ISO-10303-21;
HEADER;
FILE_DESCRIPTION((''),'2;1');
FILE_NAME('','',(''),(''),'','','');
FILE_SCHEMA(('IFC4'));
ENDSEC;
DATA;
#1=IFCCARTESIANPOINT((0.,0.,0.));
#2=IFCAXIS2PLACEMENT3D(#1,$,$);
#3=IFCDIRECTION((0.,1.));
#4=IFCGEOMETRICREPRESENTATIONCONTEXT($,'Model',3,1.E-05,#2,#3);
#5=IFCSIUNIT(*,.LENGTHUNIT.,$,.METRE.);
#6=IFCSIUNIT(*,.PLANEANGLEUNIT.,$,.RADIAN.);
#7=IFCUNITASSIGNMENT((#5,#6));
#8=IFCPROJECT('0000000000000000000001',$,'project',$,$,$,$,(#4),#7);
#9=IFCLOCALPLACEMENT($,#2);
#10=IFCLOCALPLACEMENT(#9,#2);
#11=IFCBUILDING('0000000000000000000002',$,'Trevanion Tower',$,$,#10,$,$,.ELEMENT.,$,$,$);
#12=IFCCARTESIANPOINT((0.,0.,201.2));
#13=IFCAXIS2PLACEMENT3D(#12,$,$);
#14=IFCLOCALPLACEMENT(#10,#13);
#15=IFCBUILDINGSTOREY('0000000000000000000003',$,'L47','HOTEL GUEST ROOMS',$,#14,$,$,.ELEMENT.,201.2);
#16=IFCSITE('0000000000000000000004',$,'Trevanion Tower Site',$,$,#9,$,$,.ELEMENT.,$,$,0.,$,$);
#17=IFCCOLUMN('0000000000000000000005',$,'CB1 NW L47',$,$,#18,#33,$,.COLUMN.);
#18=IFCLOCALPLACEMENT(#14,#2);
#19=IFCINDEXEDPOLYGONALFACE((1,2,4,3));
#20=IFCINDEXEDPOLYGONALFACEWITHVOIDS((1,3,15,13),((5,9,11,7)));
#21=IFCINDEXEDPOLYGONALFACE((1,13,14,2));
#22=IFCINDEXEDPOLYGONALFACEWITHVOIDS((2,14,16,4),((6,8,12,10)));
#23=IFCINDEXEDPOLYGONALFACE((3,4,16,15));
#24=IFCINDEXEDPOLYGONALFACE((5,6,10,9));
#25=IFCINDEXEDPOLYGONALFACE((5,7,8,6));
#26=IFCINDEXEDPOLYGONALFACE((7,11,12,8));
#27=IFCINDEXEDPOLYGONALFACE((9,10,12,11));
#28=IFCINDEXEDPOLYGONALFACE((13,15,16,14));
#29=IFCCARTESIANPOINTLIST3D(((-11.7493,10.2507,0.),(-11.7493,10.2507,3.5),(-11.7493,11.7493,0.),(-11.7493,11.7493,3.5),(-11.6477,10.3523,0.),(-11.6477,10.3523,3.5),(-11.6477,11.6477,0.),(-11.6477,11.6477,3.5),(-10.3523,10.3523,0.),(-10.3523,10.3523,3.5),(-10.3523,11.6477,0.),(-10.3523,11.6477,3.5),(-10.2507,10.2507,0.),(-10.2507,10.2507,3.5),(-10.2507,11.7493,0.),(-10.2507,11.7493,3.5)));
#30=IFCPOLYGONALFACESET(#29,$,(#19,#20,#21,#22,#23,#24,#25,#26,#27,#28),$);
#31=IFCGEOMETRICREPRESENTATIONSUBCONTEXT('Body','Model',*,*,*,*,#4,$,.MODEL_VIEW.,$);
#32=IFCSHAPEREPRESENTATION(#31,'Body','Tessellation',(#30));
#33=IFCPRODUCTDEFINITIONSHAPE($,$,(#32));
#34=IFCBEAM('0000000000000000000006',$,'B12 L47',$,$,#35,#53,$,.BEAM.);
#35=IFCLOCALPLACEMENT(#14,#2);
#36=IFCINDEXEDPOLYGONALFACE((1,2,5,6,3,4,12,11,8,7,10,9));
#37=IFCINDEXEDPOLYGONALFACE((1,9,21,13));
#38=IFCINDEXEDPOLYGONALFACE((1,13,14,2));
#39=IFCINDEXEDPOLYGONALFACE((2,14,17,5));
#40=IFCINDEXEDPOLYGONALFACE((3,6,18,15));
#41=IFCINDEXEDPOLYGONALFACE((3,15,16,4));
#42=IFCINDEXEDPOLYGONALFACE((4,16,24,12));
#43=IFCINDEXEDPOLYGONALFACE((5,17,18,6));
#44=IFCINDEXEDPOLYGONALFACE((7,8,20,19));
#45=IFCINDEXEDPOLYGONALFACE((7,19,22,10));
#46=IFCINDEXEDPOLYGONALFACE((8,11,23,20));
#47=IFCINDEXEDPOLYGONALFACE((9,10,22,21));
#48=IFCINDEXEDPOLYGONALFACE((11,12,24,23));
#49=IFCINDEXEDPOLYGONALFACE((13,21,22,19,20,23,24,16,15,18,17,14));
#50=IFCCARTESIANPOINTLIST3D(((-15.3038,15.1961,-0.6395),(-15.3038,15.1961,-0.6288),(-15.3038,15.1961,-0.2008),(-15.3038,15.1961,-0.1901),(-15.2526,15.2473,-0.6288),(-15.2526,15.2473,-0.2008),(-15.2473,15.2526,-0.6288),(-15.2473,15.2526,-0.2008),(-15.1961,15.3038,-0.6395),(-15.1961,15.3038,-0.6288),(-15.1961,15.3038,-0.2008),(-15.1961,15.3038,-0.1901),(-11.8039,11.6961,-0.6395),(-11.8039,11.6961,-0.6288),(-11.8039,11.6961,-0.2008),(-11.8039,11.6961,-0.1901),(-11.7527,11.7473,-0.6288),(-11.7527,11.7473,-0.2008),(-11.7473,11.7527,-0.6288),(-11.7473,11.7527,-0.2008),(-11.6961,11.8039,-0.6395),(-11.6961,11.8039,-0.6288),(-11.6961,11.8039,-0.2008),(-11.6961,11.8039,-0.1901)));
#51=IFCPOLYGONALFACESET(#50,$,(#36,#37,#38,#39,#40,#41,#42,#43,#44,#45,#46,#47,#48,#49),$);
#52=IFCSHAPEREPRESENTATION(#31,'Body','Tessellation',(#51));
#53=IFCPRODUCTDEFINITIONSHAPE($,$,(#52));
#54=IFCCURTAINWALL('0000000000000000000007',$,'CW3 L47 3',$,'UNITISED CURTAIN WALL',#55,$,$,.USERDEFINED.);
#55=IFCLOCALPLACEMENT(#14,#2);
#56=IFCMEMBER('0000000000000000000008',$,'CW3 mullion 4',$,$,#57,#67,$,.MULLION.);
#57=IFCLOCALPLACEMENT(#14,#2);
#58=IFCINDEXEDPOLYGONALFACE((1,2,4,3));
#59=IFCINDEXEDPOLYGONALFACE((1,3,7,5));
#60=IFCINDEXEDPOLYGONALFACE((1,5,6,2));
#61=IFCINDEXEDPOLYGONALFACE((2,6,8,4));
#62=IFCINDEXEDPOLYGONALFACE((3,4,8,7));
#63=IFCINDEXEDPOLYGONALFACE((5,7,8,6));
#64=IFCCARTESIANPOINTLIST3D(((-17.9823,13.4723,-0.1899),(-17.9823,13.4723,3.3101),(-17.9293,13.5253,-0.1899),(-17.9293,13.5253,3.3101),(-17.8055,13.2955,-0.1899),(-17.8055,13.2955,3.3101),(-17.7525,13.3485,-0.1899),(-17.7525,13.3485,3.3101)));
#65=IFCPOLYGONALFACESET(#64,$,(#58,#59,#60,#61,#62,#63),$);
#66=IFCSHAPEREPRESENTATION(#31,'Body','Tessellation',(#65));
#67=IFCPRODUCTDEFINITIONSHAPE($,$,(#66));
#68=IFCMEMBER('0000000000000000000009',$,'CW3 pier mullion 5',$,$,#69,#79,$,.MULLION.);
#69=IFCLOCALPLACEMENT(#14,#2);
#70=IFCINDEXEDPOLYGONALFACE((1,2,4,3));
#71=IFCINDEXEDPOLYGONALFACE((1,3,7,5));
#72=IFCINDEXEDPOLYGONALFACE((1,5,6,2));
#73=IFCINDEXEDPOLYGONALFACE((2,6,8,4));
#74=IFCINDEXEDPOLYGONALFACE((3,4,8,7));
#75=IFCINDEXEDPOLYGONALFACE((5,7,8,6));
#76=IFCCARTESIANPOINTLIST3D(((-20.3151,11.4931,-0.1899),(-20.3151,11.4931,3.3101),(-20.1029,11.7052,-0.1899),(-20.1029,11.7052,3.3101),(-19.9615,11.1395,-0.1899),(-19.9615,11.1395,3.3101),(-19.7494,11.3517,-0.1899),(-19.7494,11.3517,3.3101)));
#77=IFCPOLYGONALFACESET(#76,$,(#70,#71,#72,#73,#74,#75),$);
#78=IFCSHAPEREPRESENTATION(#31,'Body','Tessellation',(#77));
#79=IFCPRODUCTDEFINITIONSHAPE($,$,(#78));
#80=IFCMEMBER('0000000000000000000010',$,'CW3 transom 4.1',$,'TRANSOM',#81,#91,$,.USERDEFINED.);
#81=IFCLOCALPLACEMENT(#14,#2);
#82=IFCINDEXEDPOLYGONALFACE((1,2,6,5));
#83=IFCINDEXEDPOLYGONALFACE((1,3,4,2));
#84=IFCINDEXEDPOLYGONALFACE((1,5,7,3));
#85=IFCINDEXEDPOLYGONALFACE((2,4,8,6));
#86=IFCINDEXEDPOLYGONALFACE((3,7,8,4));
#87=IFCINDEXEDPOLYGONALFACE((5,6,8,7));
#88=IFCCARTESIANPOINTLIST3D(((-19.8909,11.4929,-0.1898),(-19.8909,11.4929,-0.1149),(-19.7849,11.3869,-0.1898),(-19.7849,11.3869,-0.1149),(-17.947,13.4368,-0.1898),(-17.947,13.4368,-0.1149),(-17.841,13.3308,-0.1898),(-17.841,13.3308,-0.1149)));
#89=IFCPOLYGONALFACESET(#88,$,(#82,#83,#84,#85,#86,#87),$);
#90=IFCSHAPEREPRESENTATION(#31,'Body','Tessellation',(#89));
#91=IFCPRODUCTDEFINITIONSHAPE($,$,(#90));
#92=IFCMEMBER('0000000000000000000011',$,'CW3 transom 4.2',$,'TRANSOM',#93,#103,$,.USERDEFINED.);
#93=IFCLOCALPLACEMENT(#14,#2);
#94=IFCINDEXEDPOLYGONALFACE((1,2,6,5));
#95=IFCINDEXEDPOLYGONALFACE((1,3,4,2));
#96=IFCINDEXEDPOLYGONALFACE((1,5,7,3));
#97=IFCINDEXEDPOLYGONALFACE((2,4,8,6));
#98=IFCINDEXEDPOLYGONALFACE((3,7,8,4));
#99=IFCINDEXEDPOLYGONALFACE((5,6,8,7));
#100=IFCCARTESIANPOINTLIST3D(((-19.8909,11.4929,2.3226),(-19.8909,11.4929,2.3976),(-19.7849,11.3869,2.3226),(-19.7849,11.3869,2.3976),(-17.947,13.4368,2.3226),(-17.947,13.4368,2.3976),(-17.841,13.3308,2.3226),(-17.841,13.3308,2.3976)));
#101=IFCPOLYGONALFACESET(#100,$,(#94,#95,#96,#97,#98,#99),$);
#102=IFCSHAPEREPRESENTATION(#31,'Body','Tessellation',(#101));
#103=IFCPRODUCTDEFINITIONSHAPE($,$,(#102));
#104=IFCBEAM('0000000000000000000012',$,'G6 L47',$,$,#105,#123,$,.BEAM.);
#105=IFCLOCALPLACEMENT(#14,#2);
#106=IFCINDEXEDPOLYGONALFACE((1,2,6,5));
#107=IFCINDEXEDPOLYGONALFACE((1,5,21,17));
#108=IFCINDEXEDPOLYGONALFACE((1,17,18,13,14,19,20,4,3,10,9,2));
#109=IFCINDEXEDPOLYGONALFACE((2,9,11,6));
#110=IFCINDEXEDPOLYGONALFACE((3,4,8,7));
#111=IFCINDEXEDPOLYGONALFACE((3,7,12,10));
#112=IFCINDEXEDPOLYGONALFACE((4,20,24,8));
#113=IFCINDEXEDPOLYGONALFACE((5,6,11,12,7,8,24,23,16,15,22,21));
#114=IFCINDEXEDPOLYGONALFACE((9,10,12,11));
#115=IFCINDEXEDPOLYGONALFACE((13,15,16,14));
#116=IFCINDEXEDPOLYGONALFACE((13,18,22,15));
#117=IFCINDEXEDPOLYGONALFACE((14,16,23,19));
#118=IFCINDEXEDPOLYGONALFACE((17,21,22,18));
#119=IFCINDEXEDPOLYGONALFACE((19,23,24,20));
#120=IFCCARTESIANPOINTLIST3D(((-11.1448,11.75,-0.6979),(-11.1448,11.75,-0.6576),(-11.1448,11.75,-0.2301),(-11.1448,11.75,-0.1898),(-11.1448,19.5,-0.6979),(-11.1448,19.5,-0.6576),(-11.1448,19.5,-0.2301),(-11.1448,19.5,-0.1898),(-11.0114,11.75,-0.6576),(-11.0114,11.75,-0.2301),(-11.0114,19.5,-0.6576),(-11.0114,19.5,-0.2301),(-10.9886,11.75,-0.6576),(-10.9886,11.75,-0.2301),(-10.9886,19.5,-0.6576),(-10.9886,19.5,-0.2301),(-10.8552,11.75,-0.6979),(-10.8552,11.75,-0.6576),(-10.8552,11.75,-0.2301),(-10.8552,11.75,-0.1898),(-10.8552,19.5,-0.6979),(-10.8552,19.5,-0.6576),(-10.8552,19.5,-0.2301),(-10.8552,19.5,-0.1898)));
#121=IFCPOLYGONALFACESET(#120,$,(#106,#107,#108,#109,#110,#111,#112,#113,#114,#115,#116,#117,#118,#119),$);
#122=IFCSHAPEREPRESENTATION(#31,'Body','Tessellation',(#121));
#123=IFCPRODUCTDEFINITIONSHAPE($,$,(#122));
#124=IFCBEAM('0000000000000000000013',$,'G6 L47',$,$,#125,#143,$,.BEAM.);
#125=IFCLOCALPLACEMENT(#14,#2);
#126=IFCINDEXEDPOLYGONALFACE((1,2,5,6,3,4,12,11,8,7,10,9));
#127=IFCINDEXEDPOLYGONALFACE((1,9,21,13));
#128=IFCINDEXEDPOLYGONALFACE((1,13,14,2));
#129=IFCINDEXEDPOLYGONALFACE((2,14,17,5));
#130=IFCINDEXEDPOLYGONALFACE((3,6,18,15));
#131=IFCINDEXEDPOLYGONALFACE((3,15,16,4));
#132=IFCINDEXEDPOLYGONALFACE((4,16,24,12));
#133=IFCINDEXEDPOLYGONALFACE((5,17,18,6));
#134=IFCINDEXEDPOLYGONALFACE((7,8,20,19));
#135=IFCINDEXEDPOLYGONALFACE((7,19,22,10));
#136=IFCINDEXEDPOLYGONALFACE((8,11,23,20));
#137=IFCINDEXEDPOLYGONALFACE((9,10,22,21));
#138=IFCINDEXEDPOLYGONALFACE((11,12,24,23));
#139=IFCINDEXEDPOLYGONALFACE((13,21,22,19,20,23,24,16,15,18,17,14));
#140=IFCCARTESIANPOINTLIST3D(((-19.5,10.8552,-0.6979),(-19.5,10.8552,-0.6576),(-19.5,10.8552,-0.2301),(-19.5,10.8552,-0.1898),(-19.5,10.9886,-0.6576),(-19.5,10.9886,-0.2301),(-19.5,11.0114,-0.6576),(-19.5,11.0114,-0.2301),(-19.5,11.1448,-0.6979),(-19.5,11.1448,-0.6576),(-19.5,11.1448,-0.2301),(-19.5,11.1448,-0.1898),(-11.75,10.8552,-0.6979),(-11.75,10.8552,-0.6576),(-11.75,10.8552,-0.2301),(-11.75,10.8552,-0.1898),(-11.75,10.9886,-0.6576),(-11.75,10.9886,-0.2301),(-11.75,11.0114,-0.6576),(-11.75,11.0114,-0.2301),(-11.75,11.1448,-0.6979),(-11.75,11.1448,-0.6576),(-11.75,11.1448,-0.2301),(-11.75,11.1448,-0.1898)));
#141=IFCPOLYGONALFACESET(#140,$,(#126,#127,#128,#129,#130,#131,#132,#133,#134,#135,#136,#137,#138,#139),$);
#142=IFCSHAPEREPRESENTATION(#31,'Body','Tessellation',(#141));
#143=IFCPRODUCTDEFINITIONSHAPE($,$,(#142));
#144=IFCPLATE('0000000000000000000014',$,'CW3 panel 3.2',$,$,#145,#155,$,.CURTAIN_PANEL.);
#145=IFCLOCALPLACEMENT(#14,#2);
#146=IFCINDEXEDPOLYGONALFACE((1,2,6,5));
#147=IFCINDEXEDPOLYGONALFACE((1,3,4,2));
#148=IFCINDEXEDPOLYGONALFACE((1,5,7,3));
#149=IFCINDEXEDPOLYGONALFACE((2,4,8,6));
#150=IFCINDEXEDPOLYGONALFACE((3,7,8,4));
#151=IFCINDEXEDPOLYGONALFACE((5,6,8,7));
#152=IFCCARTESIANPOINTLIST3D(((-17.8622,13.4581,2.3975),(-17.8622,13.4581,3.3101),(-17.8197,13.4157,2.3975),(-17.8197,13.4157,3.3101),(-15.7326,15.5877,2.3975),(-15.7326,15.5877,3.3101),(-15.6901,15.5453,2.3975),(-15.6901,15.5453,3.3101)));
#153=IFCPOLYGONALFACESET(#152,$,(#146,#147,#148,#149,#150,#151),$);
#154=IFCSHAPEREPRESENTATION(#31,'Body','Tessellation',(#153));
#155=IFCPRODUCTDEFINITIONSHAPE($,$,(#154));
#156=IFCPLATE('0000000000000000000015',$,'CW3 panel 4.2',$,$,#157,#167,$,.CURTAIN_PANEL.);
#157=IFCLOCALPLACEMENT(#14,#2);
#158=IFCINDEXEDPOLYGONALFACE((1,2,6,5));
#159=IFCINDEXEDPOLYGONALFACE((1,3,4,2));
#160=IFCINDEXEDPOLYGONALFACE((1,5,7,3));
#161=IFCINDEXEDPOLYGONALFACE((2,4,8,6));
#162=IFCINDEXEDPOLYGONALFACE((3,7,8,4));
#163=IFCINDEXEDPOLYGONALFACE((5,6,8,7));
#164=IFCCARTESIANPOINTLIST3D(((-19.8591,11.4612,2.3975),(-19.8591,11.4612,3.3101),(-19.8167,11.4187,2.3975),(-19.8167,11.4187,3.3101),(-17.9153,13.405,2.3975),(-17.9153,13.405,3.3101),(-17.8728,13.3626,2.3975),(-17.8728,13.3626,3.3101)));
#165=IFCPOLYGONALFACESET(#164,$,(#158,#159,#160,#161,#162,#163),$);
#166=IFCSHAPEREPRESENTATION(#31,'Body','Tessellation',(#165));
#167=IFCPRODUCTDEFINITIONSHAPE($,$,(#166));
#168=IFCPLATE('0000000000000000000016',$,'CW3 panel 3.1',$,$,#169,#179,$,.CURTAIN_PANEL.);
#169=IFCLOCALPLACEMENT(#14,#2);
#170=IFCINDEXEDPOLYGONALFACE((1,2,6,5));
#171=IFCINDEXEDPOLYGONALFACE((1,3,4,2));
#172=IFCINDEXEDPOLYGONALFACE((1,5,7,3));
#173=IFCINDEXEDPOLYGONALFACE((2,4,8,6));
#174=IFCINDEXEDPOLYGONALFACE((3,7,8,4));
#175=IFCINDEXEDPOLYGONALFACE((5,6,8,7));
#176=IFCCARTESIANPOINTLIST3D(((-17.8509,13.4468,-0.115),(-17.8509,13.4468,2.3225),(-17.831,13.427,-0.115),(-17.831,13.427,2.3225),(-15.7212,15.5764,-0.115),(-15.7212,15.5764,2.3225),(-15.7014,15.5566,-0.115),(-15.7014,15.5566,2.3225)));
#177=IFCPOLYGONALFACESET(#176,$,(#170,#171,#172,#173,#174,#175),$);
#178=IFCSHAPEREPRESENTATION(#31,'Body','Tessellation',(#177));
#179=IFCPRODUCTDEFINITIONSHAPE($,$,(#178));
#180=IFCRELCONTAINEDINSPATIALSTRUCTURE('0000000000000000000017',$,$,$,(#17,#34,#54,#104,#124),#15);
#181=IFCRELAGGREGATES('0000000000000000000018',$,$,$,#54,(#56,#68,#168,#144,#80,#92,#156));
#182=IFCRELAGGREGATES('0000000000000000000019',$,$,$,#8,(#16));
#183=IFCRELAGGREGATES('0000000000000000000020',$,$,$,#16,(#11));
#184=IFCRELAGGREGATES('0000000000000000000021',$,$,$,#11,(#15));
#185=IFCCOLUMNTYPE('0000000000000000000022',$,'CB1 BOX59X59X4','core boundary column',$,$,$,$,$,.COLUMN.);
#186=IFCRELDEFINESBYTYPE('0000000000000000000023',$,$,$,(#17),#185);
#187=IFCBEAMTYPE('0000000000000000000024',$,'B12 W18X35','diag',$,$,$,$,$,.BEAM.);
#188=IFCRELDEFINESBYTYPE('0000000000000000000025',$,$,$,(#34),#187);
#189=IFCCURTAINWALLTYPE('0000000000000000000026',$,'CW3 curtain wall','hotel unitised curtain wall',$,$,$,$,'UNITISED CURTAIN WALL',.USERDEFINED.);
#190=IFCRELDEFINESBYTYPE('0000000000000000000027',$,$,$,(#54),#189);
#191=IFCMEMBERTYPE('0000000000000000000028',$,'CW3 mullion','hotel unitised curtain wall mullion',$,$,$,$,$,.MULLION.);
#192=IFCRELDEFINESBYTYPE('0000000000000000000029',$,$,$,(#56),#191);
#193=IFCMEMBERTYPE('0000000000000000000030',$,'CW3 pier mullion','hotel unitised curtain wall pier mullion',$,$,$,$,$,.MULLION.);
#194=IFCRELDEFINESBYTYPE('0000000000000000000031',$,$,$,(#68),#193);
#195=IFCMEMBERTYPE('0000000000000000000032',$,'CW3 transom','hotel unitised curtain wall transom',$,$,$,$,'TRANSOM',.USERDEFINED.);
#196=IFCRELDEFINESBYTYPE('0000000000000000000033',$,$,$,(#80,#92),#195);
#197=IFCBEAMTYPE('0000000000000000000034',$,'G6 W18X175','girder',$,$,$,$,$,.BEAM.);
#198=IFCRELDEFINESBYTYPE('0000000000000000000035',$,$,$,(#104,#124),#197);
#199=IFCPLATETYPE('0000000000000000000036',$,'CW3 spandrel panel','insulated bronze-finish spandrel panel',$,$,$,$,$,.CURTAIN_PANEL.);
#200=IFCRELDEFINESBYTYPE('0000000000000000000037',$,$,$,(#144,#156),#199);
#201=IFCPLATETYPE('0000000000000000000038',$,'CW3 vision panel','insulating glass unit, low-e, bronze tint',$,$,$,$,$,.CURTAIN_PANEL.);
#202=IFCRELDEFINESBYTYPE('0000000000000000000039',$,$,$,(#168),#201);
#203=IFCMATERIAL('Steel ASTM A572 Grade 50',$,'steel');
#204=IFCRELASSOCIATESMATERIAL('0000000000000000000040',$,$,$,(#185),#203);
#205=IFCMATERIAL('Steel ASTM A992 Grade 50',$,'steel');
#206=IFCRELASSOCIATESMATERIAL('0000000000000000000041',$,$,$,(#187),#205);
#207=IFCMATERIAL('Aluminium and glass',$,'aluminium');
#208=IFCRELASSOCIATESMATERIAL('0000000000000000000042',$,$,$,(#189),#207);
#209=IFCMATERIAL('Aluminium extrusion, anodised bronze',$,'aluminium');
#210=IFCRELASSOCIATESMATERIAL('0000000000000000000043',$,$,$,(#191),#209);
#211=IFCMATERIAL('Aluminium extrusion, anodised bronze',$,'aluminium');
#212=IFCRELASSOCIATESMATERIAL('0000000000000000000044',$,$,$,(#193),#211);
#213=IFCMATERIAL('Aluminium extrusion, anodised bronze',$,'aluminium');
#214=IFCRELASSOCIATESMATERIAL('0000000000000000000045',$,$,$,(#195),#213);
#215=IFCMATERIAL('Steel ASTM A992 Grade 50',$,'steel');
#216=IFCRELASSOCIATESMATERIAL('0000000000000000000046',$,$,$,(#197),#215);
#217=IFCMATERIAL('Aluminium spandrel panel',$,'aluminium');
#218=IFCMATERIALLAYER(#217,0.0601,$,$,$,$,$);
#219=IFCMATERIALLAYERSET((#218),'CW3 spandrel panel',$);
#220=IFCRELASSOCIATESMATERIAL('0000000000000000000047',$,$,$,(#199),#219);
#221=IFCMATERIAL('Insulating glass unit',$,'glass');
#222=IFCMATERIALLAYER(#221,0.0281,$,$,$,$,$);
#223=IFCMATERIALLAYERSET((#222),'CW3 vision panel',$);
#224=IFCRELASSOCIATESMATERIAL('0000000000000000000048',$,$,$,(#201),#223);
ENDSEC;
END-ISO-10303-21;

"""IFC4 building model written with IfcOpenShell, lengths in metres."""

from ifc_helpers import new_model, si_unit, direction, frame, origin, origin_2d, place, context, subcontext, project, spatial, rectangle, hollow_rectangle, i_section, extrude, material, layer, layer_set, material_profile, profile_set, type_object, element, aggregate, save


model = new_model("IFC4")

# Units and contexts
model_context = context("Model", 3, precision=1e-05, world=origin(), true_north=direction((0.0, 1.0)))
body_context = subcontext(model_context, "Body", "Model", "MODEL_VIEW")
ifc_project = project(units=[si_unit("LENGTHUNIT", "METRE"), si_unit("PLANEANGLEUNIT", "RADIAN")], contexts=[model_context])

# Site, building, storey
site_placement = place(None, origin())
site = spatial("IfcSite", under=ifc_project, at=site_placement, Name="Trevanion Tower Site", CompositionType="ELEMENT", RefElevation=0.0)
building_placement = place(site_placement, origin())
building = spatial("IfcBuilding", under=site, at=building_placement, Name="Trevanion Tower", CompositionType="ELEMENT")
storey_placement = place(building_placement, frame((0.0, 0.0, 201.2)))
storey = spatial("IfcBuildingStorey", under=building, at=storey_placement, Name="L47", Description="HOTEL GUEST ROOMS", CompositionType="ELEMENT", Elevation=201.2)

# Column
ifc_material_1 = material(Name="Steel ASTM A572 Grade 50", Category="steel")
ifc_material_profile_1 = material_profile(ifc_material_1, hollow_rectangle(XDim=1.4985, YDim=1.4985, WallThickness=0.1016, at=origin_2d()), Name="BOX59X59X4")
ifc_profile_set_1 = profile_set([ifc_material_profile_1], Name="Steel ASTM A572 Grade 50")
column_type = type_object("IfcColumnType", Name="CB1 BOX59X59X4", Description="core boundary column", PredefinedType="COLUMN", material=ifc_profile_set_1)
column_placement = place(storey_placement, frame((-11.0, 11.0, 0.0), z_axis=(0.0, 0.0, 1.0), x_axis=(1.0, 0.0, 0.0)))
element("IfcColumn", 1, at=column_placement, inside=storey, type_object=column_type, Name="CB1 NW L47", PredefinedType="COLUMN", context=body_context, shape_type="SweptSolid", body=[
    extrude(hollow_rectangle(XDim=1.4985, YDim=1.4985, WallThickness=0.1016, at=origin_2d()), origin(), (0.0, 0.0, 1.0), 3.5),
])

# Beam
ifc_material_2 = material(Name="Steel ASTM A992 Grade 50", Category="steel")
ifc_material_profile_2 = material_profile(ifc_material_2, i_section(OverallWidth=0.1523, OverallDepth=0.4495, WebThickness=0.0076, FlangeThickness=0.0107, at=origin_2d()), Name="W18X35")
ifc_profile_set_2 = profile_set([ifc_material_profile_2], Name="Steel ASTM A992 Grade 50")
beam_type_1 = type_object("IfcBeamType", Name="B12 W18X35", Description="diag", PredefinedType="BEAM", material=ifc_profile_set_2)
beam_placement = place(storey_placement, frame((-11.75, 11.75, -0.4148), z_axis=(-0.707107, 0.707107, 0.0), x_axis=(-0.707107, -0.707107, 0.0)))
element("IfcBeam", 2, at=beam_placement, inside=storey, type_object=beam_type_1, Name="B12 L47", PredefinedType="BEAM", context=body_context, shape_type="SweptSolid", body=[
    extrude(i_section(OverallWidth=0.1523, OverallDepth=0.4495, WebThickness=0.0076, FlangeThickness=0.0107, at=origin_2d()), origin(), (0.0, 0.0, 1.0), 4.9497),
])

# Curtain wall, members
ifc_material_3 = material(Name="Aluminium and glass", Category="aluminium")
curtain_wall_type = type_object("IfcCurtainWallType", Name="CW3 curtain wall", Description="hotel unitised curtain wall", ElementType="UNITISED CURTAIN WALL", PredefinedType="USERDEFINED", material=ifc_material_3)
curtain_wall_placement = place(storey_placement, origin())
curtain_wall = element("IfcCurtainWall", 3, at=curtain_wall_placement, inside=storey, type_object=curtain_wall_type, Name="CW3 L47 3", ObjectType="UNITISED CURTAIN WALL", PredefinedType="USERDEFINED")
ifc_material_4 = material(Name="Aluminium extrusion, anodised bronze", Category="aluminium")
ifc_material_profile_3 = material_profile(ifc_material_4, rectangle(XDim=0.075, YDim=0.25, at=origin_2d()), Name="CW3 mullion")
ifc_profile_set_3 = profile_set([ifc_material_profile_3], Name="Aluminium extrusion, anodised bronze")
member_type_1 = type_object("IfcMemberType", Name="CW3 mullion", Description="hotel unitised curtain wall mullion", PredefinedType="MULLION", material=ifc_profile_set_3)
member_1_placement = place(storey_placement, frame((-17.8674, 13.4104, -0.1899), z_axis=(0.0, 0.0, 1.0), x_axis=(-0.707107, -0.707107, 0.0)))
member_1 = element("IfcMember", 4, at=member_1_placement, type_object=member_type_1, Name="CW3 mullion 4", PredefinedType="MULLION", context=body_context, shape_type="SweptSolid", body=[
    extrude(rectangle(XDim=0.075, YDim=0.25, at=origin_2d()), origin(), (0.0, 0.0, 1.0), 3.5),
])
ifc_material_5 = material(Name="Aluminium extrusion, anodised bronze", Category="aluminium")
ifc_material_profile_4 = material_profile(ifc_material_5, rectangle(XDim=0.3, YDim=0.5, at=origin_2d()), Name="CW3 pier mullion")
ifc_profile_set_4 = profile_set([ifc_material_profile_4], Name="Aluminium extrusion, anodised bronze")
member_type_2 = type_object("IfcMemberType", Name="CW3 pier mullion", Description="hotel unitised curtain wall pier mullion", PredefinedType="MULLION", material=ifc_profile_set_4)
member_2_placement = place(storey_placement, frame((-20.0322, 11.4224, -0.1899), z_axis=(0.0, 0.0, 1.0), x_axis=(-0.707107, -0.707107, 0.0)))
member_2 = element("IfcMember", 5, at=member_2_placement, type_object=member_type_2, Name="CW3 pier mullion 5", PredefinedType="MULLION", context=body_context, shape_type="SweptSolid", body=[
    extrude(rectangle(XDim=0.3, YDim=0.5, at=origin_2d()), origin(), (0.0, 0.0, 1.0), 3.5),
])
ifc_material_6 = material(Name="Aluminium extrusion, anodised bronze", Category="aluminium")
ifc_material_profile_5 = material_profile(ifc_material_6, rectangle(XDim=0.1499, YDim=0.075, at=origin_2d()), Name="CW3 transom")
ifc_profile_set_5 = profile_set([ifc_material_profile_5], Name="Aluminium extrusion, anodised bronze")
member_type_3 = type_object("IfcMemberType", Name="CW3 transom", Description="hotel unitised curtain wall transom", ElementType="TRANSOM", PredefinedType="USERDEFINED", material=ifc_profile_set_5)
member_3_placement = place(storey_placement, frame((-17.894, 13.3838, -0.1523), z_axis=(-0.707107, -0.707107, 0.0), x_axis=(0.707107, -0.707107, 0.0)))
member_3 = element("IfcMember", 6, at=member_3_placement, type_object=member_type_3, Name="CW3 transom 4.1", ObjectType="TRANSOM", PredefinedType="USERDEFINED", context=body_context, shape_type="SweptSolid", body=[
    extrude(rectangle(XDim=0.1499, YDim=0.075, at=origin_2d()), origin(), (0.0, 0.0, 1.0), 2.749),
])
member_4_placement = place(storey_placement, frame((-17.894, 13.3838, 2.3601), z_axis=(-0.707107, -0.707107, 0.0), x_axis=(0.707107, -0.707107, 0.0)))
member_4 = element("IfcMember", 7, at=member_4_placement, type_object=member_type_3, Name="CW3 transom 4.2", ObjectType="TRANSOM", PredefinedType="USERDEFINED", context=body_context, shape_type="SweptSolid", body=[
    extrude(rectangle(XDim=0.1499, YDim=0.075, at=origin_2d()), origin(), (0.0, 0.0, 1.0), 2.749),
])

# Beams
ifc_material_7 = material(Name="Steel ASTM A992 Grade 50", Category="steel")
ifc_material_profile_6 = material_profile(ifc_material_7, i_section(OverallWidth=0.2896, OverallDepth=0.5081, WebThickness=0.0227, FlangeThickness=0.0403, at=origin_2d()), Name="W18X175")
ifc_profile_set_6 = profile_set([ifc_material_profile_6], Name="Steel ASTM A992 Grade 50")
beam_type_2 = type_object("IfcBeamType", Name="G6 W18X175", Description="girder", PredefinedType="BEAM", material=ifc_profile_set_6)
for number, where, z_axis, x_axis, name in (
    (8, (-11.0, 11.75, -0.4438), (0.0, 1.0, 0.0), (-1.0, 0.0, 0.0), "G6 L47"),
    (9, (-11.75, 11.0, -0.4438), (-1.0, 0.0, 0.0), (0.0, -1.0, 0.0), "G6 L47"),
):
    element("IfcBeam", number, at=place(storey_placement, frame(where, z_axis=z_axis, x_axis=x_axis)), inside=storey, type_object=beam_type_2, Name=name, PredefinedType="BEAM", context=body_context, shape_type="SweptSolid", body=[
        extrude(i_section(OverallWidth=0.2896, OverallDepth=0.5081, WebThickness=0.0227, FlangeThickness=0.0403, at=origin_2d()), origin(), (0.0, 0.0, 1.0), 7.75),
    ])

# Plates
ifc_material_8 = material(Name="Aluminium spandrel panel", Category="aluminium")
ifc_layer_1 = layer(ifc_material_8, 0.0601)
ifc_layer_set_1 = layer_set([ifc_layer_1], Name="CW3 spandrel panel")
plate_type_1 = type_object("IfcPlateType", Name="CW3 spandrel panel", Description="insulated bronze-finish spandrel panel", PredefinedType="CURTAIN_PANEL", material=ifc_layer_set_1)
plate_1_placement = place(storey_placement, frame((-16.7761, 14.5017, 2.3975), z_axis=(0.0, 0.0, 1.0), x_axis=(-0.707107, -0.707107, 0.0)))
plate_1 = element("IfcPlate", 10, at=plate_1_placement, type_object=plate_type_1, Name="CW3 panel 3.2", PredefinedType="CURTAIN_PANEL", context=body_context, shape_type="SweptSolid", body=[
    extrude(rectangle(XDim=3.0117, YDim=0.0601, at=origin_2d()), origin(), (0.0, 0.0, 1.0), 0.9126),
])
plate_2_placement = place(storey_placement, frame((-18.866, 12.4119, 2.3975), z_axis=(0.0, 0.0, 1.0), x_axis=(-0.707107, -0.707107, 0.0)))
plate_2 = element("IfcPlate", 11, at=plate_2_placement, type_object=plate_type_1, Name="CW3 panel 4.2", PredefinedType="CURTAIN_PANEL", context=body_context, shape_type="SweptSolid", body=[
    extrude(rectangle(XDim=2.749, YDim=0.0601, at=origin_2d()), origin(), (0.0, 0.0, 1.0), 0.9126),
])
ifc_material_9 = material(Name="Insulating glass unit", Category="glass")
ifc_layer_2 = layer(ifc_material_9, 0.0281)
ifc_layer_set_2 = layer_set([ifc_layer_2], Name="CW3 vision panel")
plate_type_2 = type_object("IfcPlateType", Name="CW3 vision panel", Description="insulating glass unit, low-e, bronze tint", PredefinedType="CURTAIN_PANEL", material=ifc_layer_set_2)
plate_3_placement = place(storey_placement, frame((-16.7761, 14.5017, -0.115), z_axis=(0.0, 0.0, 1.0), x_axis=(-0.707107, -0.707107, 0.0)))
plate_3 = element("IfcPlate", 12, at=plate_3_placement, type_object=plate_type_2, Name="CW3 panel 3.1", PredefinedType="CURTAIN_PANEL", context=body_context, shape_type="SweptSolid", body=[
    extrude(rectangle(XDim=3.0117, YDim=0.0281, at=origin_2d()), origin(), (0.0, 0.0, 1.0), 2.4375),
])
aggregate(curtain_wall, [member_1, member_2, plate_3, plate_1, member_3, member_4, plate_2])

save(model, "model.ifc")
